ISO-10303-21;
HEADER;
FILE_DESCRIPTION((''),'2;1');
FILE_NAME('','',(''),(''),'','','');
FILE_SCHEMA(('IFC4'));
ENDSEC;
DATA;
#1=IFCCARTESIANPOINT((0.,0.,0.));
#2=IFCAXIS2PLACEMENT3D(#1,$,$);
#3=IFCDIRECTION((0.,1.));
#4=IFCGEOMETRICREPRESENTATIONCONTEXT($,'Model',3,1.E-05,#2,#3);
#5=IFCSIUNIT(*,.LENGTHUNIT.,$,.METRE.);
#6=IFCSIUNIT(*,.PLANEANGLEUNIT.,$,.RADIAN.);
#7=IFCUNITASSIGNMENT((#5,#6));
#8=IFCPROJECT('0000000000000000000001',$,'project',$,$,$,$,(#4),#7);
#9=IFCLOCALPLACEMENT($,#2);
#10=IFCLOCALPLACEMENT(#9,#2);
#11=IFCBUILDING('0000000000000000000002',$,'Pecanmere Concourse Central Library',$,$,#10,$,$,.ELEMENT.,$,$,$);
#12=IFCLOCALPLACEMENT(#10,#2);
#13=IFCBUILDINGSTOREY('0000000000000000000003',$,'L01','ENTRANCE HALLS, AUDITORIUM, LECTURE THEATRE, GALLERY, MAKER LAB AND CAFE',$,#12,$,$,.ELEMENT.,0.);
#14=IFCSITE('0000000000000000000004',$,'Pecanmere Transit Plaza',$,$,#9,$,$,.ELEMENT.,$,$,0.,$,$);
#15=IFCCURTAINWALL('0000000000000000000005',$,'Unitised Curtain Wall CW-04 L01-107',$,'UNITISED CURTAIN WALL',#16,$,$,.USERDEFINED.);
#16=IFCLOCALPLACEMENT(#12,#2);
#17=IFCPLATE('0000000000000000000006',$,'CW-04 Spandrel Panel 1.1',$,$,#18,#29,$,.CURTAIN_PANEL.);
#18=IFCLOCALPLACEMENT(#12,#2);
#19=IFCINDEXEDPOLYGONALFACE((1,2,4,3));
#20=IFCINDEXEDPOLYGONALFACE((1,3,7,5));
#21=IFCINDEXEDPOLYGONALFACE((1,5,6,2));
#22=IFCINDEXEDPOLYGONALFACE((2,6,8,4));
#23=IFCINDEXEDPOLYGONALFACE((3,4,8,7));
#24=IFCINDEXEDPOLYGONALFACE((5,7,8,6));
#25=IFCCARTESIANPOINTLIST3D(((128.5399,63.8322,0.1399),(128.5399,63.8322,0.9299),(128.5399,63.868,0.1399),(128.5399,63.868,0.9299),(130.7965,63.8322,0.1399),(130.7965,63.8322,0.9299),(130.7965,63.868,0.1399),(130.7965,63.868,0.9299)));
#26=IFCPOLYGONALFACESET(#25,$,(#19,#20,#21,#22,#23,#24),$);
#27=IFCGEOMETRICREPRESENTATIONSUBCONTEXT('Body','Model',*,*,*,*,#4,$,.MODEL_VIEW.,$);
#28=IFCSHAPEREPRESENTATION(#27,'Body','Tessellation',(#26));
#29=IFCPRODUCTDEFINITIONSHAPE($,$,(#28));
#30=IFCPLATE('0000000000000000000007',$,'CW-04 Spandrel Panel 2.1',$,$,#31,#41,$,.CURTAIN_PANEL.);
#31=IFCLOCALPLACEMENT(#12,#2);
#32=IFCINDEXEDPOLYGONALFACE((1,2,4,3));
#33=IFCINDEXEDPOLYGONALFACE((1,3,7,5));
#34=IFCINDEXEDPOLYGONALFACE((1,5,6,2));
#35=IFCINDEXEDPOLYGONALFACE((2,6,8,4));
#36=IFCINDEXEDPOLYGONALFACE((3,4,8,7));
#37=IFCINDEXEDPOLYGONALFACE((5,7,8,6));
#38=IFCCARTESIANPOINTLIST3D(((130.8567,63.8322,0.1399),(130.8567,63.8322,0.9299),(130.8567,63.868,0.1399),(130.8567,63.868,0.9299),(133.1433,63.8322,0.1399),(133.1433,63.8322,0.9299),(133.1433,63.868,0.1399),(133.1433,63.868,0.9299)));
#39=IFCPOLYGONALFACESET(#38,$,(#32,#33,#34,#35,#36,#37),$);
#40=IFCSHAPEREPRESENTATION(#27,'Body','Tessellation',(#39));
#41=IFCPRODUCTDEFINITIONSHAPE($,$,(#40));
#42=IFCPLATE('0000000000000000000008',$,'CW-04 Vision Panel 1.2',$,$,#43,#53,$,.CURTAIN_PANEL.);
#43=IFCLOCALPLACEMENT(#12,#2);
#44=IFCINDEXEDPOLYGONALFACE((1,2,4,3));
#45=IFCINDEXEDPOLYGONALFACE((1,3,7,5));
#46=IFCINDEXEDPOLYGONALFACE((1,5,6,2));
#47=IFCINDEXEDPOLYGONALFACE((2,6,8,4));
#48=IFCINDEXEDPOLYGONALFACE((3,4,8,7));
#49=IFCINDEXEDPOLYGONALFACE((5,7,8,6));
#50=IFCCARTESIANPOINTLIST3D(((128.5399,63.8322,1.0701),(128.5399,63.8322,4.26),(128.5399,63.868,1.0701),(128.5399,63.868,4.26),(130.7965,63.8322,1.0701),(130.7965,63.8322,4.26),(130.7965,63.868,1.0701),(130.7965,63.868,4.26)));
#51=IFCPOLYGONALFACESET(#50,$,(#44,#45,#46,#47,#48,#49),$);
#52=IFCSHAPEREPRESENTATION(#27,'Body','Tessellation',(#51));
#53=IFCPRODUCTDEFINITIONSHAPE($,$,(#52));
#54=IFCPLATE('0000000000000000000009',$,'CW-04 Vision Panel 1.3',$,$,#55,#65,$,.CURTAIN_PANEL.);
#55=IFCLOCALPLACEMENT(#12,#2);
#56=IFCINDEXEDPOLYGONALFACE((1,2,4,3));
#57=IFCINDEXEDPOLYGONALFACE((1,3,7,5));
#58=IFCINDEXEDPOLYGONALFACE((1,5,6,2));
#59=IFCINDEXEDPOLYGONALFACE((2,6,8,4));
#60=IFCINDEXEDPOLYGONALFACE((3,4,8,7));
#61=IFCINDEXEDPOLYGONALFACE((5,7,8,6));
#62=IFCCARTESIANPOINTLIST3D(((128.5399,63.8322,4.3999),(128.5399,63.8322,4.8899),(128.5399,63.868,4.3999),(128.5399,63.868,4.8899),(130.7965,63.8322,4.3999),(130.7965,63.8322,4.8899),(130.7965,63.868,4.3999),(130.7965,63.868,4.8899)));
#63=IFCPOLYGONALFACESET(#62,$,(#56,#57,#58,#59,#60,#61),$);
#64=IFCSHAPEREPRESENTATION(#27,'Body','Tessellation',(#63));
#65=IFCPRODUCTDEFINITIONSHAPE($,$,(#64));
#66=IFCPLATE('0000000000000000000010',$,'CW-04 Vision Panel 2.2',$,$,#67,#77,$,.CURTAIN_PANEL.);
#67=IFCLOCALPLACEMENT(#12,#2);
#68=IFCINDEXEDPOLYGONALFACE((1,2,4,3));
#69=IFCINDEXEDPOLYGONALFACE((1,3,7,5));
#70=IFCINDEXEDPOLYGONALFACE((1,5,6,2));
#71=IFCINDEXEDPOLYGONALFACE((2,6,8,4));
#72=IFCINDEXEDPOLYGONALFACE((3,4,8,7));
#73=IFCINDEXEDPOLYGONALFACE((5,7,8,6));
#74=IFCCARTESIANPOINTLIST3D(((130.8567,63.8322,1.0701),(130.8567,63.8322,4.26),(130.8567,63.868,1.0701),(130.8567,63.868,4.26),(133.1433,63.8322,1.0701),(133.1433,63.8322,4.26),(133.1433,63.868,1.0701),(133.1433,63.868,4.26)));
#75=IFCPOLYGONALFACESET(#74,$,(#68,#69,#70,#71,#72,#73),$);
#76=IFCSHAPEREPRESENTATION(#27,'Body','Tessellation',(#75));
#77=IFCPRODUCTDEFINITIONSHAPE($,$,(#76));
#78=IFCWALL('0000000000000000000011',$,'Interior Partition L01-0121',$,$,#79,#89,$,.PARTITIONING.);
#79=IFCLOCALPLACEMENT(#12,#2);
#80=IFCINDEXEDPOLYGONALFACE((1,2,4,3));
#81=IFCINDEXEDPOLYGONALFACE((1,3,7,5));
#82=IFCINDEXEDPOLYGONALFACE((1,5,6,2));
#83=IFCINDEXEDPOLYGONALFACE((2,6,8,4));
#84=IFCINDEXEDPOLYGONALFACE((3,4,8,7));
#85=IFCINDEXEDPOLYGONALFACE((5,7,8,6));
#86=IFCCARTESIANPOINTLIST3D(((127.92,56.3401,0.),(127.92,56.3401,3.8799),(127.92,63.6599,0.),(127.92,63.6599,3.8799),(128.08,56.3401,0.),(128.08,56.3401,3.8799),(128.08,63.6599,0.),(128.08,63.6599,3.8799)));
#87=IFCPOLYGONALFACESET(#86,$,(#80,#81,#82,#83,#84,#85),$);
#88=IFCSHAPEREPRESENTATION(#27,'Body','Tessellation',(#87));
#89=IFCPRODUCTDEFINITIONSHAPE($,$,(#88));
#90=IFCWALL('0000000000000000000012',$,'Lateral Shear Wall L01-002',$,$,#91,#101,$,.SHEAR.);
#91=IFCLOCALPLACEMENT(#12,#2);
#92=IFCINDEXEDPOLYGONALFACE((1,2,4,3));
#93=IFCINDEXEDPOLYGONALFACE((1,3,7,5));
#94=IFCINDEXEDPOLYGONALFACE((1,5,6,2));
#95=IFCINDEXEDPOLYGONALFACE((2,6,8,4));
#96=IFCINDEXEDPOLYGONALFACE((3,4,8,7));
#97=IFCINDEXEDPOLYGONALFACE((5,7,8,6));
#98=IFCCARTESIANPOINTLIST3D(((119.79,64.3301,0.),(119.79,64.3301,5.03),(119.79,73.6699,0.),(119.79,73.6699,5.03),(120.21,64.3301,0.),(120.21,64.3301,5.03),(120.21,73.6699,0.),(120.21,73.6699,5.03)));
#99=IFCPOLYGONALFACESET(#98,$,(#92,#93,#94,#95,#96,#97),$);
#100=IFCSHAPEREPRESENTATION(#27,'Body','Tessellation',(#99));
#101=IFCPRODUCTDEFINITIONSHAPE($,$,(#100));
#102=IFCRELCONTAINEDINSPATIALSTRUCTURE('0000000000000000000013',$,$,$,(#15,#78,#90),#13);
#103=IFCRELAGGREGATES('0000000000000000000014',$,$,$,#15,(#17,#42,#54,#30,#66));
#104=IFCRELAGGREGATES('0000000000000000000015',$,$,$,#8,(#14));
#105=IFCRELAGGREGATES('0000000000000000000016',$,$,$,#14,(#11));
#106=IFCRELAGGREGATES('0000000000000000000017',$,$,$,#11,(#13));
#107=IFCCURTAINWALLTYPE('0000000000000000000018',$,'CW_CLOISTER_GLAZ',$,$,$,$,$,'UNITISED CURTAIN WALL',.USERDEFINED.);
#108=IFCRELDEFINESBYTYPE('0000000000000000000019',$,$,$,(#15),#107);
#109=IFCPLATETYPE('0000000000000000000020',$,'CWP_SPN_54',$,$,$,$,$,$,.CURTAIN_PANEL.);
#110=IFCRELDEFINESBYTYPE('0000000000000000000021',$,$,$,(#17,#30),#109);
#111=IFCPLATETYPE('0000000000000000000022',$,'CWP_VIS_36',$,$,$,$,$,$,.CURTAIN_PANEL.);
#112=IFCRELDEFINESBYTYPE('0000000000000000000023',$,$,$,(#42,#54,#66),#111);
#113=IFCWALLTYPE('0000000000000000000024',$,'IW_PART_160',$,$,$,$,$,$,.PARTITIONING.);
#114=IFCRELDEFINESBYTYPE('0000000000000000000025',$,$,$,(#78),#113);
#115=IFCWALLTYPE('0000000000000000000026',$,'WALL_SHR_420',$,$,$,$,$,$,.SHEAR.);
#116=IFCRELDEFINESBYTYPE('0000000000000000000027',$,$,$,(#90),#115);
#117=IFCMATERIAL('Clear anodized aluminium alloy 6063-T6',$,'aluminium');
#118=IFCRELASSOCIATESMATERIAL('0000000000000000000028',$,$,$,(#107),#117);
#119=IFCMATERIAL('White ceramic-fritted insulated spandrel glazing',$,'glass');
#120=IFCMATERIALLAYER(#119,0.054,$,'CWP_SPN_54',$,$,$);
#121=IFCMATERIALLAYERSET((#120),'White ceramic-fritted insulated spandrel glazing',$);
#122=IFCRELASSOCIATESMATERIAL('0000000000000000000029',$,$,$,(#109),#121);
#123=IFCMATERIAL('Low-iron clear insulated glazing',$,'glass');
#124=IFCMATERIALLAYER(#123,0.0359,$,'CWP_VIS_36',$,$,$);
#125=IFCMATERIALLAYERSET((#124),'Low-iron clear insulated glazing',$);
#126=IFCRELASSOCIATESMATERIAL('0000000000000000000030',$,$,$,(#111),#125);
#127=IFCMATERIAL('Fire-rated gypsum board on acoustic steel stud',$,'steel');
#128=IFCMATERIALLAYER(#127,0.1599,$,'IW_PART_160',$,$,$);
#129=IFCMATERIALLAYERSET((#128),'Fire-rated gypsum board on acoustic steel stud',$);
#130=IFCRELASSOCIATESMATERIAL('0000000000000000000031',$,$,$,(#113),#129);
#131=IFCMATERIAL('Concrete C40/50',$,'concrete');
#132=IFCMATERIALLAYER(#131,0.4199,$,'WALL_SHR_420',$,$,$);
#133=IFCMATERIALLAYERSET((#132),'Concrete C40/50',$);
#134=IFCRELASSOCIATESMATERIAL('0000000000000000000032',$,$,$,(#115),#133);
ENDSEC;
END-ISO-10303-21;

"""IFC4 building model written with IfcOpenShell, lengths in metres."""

from ifc_helpers import new_model, si_unit, direction, frame, frame_2d, origin, origin_2d, place, context, subcontext, project, spatial, rectangle, extrude, material, layer, layer_set, type_object, element, aggregate, save


model = new_model("IFC4")

# Units and contexts
model_context = context("Model", 3, precision=1e-05, world=origin(), true_north=direction((0.0, 1.0)))
body_context = subcontext(model_context, "Body", "Model", "MODEL_VIEW")
ifc_project = project(units=[si_unit("LENGTHUNIT", "METRE"), si_unit("PLANEANGLEUNIT", "RADIAN")], contexts=[model_context])

# Site, building, storey
site_placement = place(None, origin())
site = spatial("IfcSite", under=ifc_project, at=site_placement, Name="Pecanmere Transit Plaza", CompositionType="ELEMENT", RefElevation=0.0)
building_placement = place(site_placement, origin())
building = spatial("IfcBuilding", under=site, at=building_placement, Name="Pecanmere Concourse Central Library", CompositionType="ELEMENT")
storey_placement = place(building_placement, origin())
storey = spatial("IfcBuildingStorey", under=building, at=storey_placement, Name="L01", Description="ENTRANCE HALLS, AUDITORIUM, LECTURE THEATRE, GALLERY, MAKER LAB AND CAFE", CompositionType="ELEMENT", Elevation=0.0)

# Shared definitions
ifc_material_1 = material(Name="Clear anodized aluminium alloy 6063-T6", Category="aluminium")
curtain_wall_type = type_object("IfcCurtainWallType", Name="CW_CLOISTER_GLAZ", ElementType="UNITISED CURTAIN WALL", PredefinedType="USERDEFINED", material=ifc_material_1)

# Curtain wall, plates
curtain_wall_1_placement = place(storey_placement, origin())
curtain_wall_1 = element("IfcCurtainWall", 1, at=curtain_wall_1_placement, inside=storey, type_object=curtain_wall_type, Name="Unitised Curtain Wall CW-04 L01-107", ObjectType="UNITISED CURTAIN WALL", PredefinedType="USERDEFINED")
ifc_material_2 = material(Name="White ceramic-fritted insulated spandrel glazing", Category="glass")
ifc_layer_1 = layer(ifc_material_2, 0.054, Name="CWP_SPN_54")
ifc_layer_set_1 = layer_set([ifc_layer_1], Name="White ceramic-fritted insulated spandrel glazing")
plate_type_1 = type_object("IfcPlateType", Name="CWP_SPN_54", PredefinedType="CURTAIN_PANEL", material=ifc_layer_set_1)
plate_1_placement = place(storey_placement, frame((129.6682, 63.8501, 0.1399), z_axis=(0.0, 0.0, 1.0), x_axis=(1.0, 0.0, 0.0)))
plate_1 = element("IfcPlate", 2, at=plate_1_placement, type_object=plate_type_1, Name="CW-04 Spandrel Panel 1.1", PredefinedType="CURTAIN_PANEL", context=body_context, shape_type="SweptSolid", body=[
    extrude(rectangle(XDim=2.2566, YDim=0.0359, at=origin_2d()), origin(), (0.0, 0.0, 1.0), 0.79),
])
plate_2_placement = place(storey_placement, frame((132.0, 63.8501, 0.1399), z_axis=(0.0, 0.0, 1.0), x_axis=(1.0, 0.0, 0.0)))
plate_2 = element("IfcPlate", 3, at=plate_2_placement, type_object=plate_type_1, Name="CW-04 Spandrel Panel 2.1", PredefinedType="CURTAIN_PANEL", context=body_context, shape_type="SweptSolid", body=[
    extrude(rectangle(XDim=2.2866, YDim=0.0359, at=origin_2d()), origin(), (0.0, 0.0, 1.0), 0.79),
])
ifc_material_3 = material(Name="Low-iron clear insulated glazing", Category="glass")
ifc_layer_2 = layer(ifc_material_3, 0.0359, Name="CWP_VIS_36")
ifc_layer_set_2 = layer_set([ifc_layer_2], Name="Low-iron clear insulated glazing")
plate_type_2 = type_object("IfcPlateType", Name="CWP_VIS_36", PredefinedType="CURTAIN_PANEL", material=ifc_layer_set_2)
plate_3_placement = place(storey_placement, frame((129.6682, 63.8501, 1.0701), z_axis=(0.0, 0.0, 1.0), x_axis=(1.0, 0.0, 0.0)))
plate_3 = element("IfcPlate", 4, at=plate_3_placement, type_object=plate_type_2, Name="CW-04 Vision Panel 1.2", PredefinedType="CURTAIN_PANEL", context=body_context, shape_type="SweptSolid", body=[
    extrude(rectangle(XDim=2.2566, YDim=0.0359, at=origin_2d()), origin(), (0.0, 0.0, 1.0), 3.1899),
])
plate_4_placement = place(storey_placement, frame((129.6682, 63.8501, 4.3999), z_axis=(0.0, 0.0, 1.0), x_axis=(1.0, 0.0, 0.0)))
plate_4 = element("IfcPlate", 5, at=plate_4_placement, type_object=plate_type_2, Name="CW-04 Vision Panel 1.3", PredefinedType="CURTAIN_PANEL", context=body_context, shape_type="SweptSolid", body=[
    extrude(rectangle(XDim=2.2566, YDim=0.0359, at=origin_2d()), origin(), (0.0, 0.0, 1.0), 0.49),
])
plate_5_placement = place(storey_placement, frame((132.0, 63.8501, 1.0701), z_axis=(0.0, 0.0, 1.0), x_axis=(1.0, 0.0, 0.0)))
plate_5 = element("IfcPlate", 6, at=plate_5_placement, type_object=plate_type_2, Name="CW-04 Vision Panel 2.2", PredefinedType="CURTAIN_PANEL", context=body_context, shape_type="SweptSolid", body=[
    extrude(rectangle(XDim=2.2866, YDim=0.0359, at=origin_2d()), origin(), (0.0, 0.0, 1.0), 3.1899),
])
aggregate(curtain_wall_1, [plate_1, plate_3, plate_4, plate_2, plate_5])

# Walls
ifc_material_4 = material(Name="Fire-rated gypsum board on acoustic steel stud", Category="steel")
ifc_layer_3 = layer(ifc_material_4, 0.1599, Name="IW_PART_160")
ifc_layer_set_3 = layer_set([ifc_layer_3], Name="Fire-rated gypsum board on acoustic steel stud")
wall_type_1 = type_object("IfcWallType", Name="IW_PART_160", PredefinedType="PARTITIONING", material=ifc_layer_set_3)
wall_1_placement = place(storey_placement, frame((128.0, 56.3401, 0.0), z_axis=(0.0, 0.0, 1.0), x_axis=(0.0, 1.0, 0.0)))
element("IfcWall", 7, at=wall_1_placement, inside=storey, type_object=wall_type_1, Name="Interior Partition L01-0121", PredefinedType="PARTITIONING", context=body_context, shape_type="SweptSolid", body=[
    extrude(rectangle(XDim=7.3198, YDim=0.1599, at=frame_2d((3.6599, 0.0))), origin(), (0.0, 0.0, 1.0), 3.8799),
])
ifc_material_5 = material(Name="Concrete C40/50", Category="concrete")
ifc_layer_4 = layer(ifc_material_5, 0.4199, Name="WALL_SHR_420")
ifc_layer_set_4 = layer_set([ifc_layer_4], Name="Concrete C40/50")
wall_type_2 = type_object("IfcWallType", Name="WALL_SHR_420", PredefinedType="SHEAR", material=ifc_layer_set_4)
wall_2_placement = place(storey_placement, frame((120.0, 64.3301, 0.0), z_axis=(0.0, 0.0, 1.0), x_axis=(0.0, 1.0, 0.0)))
element("IfcWall", 8, at=wall_2_placement, inside=storey, type_object=wall_type_2, Name="Lateral Shear Wall L01-002", PredefinedType="SHEAR", context=body_context, shape_type="SweptSolid", body=[
    extrude(rectangle(XDim=9.3398, YDim=0.4199, at=frame_2d((4.6699, 0.0))), origin(), (0.0, 0.0, 1.0), 5.03),
])

save(model, "model.ifc")
